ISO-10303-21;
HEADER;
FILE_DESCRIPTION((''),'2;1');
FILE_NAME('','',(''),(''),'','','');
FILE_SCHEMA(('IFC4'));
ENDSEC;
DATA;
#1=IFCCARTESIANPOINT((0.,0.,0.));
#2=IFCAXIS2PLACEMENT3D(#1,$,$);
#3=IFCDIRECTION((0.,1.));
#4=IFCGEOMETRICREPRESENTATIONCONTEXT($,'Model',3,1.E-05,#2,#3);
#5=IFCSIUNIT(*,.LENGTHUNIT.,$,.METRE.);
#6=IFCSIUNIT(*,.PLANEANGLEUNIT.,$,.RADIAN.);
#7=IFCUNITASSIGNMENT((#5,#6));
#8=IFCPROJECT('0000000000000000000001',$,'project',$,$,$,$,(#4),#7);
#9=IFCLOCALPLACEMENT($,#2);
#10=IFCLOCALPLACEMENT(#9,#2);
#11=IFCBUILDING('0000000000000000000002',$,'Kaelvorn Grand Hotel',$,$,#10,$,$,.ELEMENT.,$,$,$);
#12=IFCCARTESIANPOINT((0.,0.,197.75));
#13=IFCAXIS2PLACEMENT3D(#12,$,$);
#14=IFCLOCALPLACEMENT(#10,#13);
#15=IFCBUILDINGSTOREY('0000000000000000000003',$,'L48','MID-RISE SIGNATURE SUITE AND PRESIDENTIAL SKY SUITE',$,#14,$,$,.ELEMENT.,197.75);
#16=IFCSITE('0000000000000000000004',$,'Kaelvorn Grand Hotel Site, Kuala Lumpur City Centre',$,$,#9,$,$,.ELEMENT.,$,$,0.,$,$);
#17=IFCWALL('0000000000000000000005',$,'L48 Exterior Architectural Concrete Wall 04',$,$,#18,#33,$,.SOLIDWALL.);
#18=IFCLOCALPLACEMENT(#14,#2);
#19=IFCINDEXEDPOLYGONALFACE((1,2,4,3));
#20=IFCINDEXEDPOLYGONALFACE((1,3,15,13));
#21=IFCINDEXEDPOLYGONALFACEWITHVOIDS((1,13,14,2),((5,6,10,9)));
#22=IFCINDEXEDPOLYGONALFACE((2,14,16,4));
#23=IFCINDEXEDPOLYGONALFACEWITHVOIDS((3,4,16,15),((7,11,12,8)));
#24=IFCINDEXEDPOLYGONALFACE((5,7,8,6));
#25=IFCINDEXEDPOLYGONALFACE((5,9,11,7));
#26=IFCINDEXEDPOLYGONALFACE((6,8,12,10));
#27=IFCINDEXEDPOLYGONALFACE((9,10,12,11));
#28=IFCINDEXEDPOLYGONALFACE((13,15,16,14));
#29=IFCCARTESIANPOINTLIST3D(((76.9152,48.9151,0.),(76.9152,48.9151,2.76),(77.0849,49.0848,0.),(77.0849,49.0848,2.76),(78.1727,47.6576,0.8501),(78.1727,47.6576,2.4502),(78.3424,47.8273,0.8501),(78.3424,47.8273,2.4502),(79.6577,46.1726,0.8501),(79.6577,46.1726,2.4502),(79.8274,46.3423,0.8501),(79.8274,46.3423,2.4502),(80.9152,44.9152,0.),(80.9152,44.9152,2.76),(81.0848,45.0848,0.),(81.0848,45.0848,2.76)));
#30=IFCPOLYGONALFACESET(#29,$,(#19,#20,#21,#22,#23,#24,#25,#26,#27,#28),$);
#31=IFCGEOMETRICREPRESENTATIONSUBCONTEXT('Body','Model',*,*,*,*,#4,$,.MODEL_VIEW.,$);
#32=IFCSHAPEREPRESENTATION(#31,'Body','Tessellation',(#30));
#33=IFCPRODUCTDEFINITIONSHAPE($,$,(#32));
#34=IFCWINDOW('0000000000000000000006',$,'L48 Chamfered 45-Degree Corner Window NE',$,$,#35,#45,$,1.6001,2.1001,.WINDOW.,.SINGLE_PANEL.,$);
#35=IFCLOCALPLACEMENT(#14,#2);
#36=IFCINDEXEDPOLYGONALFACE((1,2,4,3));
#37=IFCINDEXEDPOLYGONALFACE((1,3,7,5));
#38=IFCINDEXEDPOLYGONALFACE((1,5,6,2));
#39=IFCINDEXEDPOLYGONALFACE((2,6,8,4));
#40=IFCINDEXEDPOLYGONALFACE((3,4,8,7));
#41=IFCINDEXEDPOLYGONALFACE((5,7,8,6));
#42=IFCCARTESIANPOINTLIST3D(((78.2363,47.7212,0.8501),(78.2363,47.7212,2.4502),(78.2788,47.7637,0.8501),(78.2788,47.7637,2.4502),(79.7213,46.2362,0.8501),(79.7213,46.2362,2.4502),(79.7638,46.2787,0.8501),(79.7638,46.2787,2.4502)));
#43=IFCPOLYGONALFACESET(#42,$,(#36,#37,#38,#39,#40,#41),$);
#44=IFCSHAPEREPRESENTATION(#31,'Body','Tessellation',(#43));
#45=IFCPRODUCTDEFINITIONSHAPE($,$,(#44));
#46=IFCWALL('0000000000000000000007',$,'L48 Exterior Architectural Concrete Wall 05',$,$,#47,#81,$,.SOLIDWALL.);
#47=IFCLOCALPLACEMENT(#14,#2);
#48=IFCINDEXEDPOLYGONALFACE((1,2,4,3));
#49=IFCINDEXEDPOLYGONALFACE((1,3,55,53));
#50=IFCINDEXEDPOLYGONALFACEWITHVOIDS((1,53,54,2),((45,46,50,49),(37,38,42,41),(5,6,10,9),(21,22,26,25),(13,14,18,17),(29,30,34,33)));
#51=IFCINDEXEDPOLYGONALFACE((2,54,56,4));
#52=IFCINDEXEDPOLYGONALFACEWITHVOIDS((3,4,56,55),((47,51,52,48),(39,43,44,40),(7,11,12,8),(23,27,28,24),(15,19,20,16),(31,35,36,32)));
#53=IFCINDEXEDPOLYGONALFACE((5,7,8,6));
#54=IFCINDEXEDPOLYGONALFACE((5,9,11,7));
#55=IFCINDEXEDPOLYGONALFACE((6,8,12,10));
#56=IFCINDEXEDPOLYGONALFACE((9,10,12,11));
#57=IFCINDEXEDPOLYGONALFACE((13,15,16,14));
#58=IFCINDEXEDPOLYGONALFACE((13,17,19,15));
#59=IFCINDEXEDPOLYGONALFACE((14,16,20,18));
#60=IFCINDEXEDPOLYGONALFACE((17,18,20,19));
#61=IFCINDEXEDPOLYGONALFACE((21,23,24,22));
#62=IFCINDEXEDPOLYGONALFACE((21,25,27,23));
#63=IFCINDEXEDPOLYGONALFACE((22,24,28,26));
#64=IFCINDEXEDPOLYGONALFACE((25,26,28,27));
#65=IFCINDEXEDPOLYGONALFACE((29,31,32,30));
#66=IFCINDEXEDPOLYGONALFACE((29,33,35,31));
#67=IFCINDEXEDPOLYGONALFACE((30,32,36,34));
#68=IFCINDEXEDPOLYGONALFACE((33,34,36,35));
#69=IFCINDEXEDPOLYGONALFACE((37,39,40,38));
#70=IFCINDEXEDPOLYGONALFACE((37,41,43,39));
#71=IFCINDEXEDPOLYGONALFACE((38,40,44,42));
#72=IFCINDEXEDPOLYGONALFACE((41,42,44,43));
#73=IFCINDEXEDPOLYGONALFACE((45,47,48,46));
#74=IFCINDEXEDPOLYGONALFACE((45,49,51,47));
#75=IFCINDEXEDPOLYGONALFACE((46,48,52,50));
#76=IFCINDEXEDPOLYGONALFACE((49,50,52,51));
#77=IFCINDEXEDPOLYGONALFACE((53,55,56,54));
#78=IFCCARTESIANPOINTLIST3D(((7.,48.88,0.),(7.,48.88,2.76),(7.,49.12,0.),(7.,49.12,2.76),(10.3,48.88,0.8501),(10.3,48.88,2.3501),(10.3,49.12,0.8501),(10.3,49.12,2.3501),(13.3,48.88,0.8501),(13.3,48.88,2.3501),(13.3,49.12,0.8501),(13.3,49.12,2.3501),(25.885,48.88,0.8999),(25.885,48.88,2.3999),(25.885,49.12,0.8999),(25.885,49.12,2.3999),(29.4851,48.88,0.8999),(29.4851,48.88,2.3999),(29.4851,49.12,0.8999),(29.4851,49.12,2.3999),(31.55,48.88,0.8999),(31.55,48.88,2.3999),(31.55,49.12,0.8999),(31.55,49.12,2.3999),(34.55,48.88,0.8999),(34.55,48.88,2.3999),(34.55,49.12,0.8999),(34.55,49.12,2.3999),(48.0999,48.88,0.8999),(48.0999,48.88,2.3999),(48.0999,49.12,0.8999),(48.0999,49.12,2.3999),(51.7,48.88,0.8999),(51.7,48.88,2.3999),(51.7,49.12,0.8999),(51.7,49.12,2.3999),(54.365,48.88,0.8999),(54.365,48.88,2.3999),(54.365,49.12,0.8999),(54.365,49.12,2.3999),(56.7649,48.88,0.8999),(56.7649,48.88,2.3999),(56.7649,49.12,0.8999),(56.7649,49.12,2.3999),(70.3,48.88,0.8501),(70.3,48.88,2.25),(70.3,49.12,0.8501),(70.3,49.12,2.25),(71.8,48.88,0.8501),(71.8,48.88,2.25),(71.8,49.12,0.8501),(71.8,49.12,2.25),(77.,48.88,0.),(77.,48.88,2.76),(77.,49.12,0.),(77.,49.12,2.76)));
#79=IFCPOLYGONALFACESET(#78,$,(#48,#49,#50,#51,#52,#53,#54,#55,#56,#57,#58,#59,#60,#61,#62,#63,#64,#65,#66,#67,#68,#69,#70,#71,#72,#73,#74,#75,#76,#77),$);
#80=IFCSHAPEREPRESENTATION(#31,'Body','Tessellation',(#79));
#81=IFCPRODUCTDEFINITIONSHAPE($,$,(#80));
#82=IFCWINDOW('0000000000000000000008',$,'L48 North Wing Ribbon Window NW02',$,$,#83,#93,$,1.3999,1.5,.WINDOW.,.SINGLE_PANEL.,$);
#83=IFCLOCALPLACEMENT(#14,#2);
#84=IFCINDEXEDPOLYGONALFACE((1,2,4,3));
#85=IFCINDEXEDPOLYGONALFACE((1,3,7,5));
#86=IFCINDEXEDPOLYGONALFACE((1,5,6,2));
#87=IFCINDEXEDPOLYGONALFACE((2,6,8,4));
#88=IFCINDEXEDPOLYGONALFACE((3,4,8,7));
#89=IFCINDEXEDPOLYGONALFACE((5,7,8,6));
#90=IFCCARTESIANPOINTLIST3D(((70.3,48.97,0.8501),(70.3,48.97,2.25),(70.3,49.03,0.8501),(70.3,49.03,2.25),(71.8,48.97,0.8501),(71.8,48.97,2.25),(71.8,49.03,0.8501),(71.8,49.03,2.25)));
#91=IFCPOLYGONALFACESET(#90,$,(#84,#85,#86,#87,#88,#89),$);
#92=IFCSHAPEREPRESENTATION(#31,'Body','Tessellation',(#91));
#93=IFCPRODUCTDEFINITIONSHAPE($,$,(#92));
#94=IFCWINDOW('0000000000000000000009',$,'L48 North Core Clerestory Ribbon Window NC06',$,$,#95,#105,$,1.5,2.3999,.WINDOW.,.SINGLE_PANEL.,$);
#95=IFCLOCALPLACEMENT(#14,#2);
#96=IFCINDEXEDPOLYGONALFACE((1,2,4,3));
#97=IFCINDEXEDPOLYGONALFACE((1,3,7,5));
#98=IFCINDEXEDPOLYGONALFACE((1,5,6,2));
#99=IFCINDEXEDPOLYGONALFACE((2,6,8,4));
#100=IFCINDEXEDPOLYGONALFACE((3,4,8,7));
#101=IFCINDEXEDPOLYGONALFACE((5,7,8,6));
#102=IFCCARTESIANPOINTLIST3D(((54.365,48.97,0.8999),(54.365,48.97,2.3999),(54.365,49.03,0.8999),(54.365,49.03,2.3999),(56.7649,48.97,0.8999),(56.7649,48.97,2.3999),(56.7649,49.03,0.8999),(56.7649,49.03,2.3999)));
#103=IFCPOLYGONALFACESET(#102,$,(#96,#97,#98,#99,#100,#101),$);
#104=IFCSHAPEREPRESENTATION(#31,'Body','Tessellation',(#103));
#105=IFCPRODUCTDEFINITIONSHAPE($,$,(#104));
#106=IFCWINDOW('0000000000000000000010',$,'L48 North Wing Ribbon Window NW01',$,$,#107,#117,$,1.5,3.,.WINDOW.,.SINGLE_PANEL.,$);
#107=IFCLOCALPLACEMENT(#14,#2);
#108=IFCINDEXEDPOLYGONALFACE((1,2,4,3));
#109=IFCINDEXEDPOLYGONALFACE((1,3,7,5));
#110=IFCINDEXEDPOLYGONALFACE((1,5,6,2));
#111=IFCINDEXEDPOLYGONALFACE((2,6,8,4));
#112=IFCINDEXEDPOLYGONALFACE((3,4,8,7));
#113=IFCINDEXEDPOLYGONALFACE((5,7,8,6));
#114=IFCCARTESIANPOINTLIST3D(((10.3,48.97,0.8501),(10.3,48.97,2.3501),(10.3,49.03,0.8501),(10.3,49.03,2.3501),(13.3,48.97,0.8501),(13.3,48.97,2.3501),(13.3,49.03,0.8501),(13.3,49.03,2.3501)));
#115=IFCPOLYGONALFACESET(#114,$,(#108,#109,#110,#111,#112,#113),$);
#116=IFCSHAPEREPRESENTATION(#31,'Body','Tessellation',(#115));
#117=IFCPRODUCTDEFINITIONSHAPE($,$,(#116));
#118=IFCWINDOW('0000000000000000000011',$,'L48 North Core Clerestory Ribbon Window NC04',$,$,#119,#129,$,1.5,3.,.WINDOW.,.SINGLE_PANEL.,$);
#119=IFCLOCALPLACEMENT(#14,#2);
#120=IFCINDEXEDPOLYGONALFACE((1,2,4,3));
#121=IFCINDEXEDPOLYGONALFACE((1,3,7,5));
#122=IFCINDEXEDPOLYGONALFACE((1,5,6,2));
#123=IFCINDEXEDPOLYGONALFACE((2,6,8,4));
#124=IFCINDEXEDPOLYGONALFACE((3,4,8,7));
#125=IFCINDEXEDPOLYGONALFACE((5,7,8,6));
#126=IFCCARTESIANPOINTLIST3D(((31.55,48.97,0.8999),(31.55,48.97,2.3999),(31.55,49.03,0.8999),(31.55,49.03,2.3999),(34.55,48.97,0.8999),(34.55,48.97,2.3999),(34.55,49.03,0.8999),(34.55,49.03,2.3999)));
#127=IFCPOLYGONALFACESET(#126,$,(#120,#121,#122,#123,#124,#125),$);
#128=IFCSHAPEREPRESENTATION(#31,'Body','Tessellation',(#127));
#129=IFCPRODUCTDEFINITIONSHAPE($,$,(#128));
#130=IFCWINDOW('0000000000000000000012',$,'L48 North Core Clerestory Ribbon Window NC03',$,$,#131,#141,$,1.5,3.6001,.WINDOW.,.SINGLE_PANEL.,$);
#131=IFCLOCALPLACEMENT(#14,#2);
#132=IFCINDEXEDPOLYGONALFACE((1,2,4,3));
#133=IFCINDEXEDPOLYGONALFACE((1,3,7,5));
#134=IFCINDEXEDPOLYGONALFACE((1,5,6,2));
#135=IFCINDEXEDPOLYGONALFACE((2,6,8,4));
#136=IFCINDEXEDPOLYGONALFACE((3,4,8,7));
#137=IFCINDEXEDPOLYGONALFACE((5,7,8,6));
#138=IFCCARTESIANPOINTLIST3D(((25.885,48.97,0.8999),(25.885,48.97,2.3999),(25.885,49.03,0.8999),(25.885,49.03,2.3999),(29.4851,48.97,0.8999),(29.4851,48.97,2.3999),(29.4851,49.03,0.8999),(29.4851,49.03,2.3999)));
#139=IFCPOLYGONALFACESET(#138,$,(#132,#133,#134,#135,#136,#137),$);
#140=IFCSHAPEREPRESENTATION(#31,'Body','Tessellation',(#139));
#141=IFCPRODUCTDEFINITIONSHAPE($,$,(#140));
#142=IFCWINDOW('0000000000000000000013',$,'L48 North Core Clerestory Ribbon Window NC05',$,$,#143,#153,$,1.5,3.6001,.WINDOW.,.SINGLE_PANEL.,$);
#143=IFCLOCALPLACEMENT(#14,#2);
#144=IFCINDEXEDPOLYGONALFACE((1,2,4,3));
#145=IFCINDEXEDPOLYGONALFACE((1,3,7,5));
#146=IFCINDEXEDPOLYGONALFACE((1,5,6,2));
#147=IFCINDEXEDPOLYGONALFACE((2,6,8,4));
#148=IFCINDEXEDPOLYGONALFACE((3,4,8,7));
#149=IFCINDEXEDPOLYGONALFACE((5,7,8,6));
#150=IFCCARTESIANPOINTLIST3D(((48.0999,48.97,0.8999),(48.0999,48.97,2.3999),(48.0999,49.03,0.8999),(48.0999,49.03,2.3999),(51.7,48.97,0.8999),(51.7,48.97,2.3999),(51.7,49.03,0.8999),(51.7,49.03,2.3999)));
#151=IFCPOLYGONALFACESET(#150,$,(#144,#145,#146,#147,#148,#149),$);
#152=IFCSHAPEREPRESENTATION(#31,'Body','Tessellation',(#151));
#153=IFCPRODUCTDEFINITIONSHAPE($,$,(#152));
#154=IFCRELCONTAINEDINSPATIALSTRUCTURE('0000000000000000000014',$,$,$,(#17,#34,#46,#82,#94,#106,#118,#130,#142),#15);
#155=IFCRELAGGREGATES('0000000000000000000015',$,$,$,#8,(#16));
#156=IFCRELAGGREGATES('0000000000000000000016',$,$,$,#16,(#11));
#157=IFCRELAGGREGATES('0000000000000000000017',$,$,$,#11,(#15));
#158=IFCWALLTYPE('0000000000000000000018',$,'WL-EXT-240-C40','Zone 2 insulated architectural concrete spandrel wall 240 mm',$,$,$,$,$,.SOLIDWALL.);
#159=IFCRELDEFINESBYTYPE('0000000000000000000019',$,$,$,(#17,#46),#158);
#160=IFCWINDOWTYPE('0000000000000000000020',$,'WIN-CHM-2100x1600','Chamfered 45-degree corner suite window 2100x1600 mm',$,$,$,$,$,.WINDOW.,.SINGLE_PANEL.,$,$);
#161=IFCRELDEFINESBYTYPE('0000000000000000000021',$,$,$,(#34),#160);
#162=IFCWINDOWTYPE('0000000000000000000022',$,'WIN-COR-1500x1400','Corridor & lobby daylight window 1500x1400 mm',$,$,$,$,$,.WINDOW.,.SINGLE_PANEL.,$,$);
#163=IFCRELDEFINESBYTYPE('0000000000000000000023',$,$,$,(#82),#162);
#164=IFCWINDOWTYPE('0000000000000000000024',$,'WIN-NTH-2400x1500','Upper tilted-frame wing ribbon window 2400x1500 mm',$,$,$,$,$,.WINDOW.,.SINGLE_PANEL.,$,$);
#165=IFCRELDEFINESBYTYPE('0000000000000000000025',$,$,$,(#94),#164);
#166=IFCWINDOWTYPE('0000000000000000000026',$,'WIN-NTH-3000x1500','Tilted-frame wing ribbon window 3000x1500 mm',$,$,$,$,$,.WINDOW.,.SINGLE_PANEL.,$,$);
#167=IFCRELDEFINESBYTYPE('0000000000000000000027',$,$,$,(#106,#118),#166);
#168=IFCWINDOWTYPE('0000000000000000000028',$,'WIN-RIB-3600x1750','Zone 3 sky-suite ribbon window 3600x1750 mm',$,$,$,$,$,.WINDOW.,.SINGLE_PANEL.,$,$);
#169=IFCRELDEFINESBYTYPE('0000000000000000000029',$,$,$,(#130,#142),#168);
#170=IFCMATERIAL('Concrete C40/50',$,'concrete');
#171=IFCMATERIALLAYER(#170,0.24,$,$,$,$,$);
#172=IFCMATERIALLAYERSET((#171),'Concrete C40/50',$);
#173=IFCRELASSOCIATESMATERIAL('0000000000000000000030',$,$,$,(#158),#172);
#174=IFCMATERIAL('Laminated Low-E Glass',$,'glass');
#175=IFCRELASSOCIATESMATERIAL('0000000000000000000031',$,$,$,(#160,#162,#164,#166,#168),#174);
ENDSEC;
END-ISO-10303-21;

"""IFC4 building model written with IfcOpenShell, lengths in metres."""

from ifc_helpers import new_model, si_unit, direction, frame, frame_2d, origin, place, context, subcontext, project, spatial, rectangle, extrude, material, layer, layer_set, type_object, element, fill, save


model = new_model("IFC4")

# Units and contexts
model_context = context("Model", 3, precision=1e-05, world=origin(), true_north=direction((0.0, 1.0)))
body_context = subcontext(model_context, "Body", "Model", "MODEL_VIEW")
ifc_project = project(units=[si_unit("LENGTHUNIT", "METRE"), si_unit("PLANEANGLEUNIT", "RADIAN")], contexts=[model_context])

# Site, building, storey
site_placement = place(None, origin())
site = spatial("IfcSite", under=ifc_project, at=site_placement, Name="Kaelvorn Grand Hotel Site, Kuala Lumpur City Centre", CompositionType="ELEMENT", RefElevation=0.0)
building_placement = place(site_placement, origin())
building = spatial("IfcBuilding", under=site, at=building_placement, Name="Kaelvorn Grand Hotel", CompositionType="ELEMENT")
storey_placement = place(building_placement, frame((0.0, 0.0, 197.75)))
storey = spatial("IfcBuildingStorey", under=building, at=storey_placement, Name="L48", Description="MID-RISE SIGNATURE SUITE AND PRESIDENTIAL SKY SUITE", CompositionType="ELEMENT", Elevation=197.75)

# Wall, opening, window
ifc_material_1 = material(Name="Concrete C40/50", Category="concrete")
ifc_layer_1 = layer(ifc_material_1, 0.24)
ifc_layer_set_1 = layer_set([ifc_layer_1], Name="Concrete C40/50")
wall_type_1 = type_object("IfcWallType", Name="WL-EXT-240-C40", Description="Zone 2 insulated architectural concrete spandrel wall 240 mm", PredefinedType="SOLIDWALL", material=ifc_layer_set_1)
wall_1_placement = place(storey_placement, frame((81.0, 45.0, 0.0), z_axis=(0.0, 0.0, 1.0), x_axis=(-0.707107, 0.707107, 0.0)))
wall_1 = element("IfcWall", 1, at=wall_1_placement, inside=storey, type_object=wall_type_1, Name="L48 Exterior Architectural Concrete Wall 04", PredefinedType="SOLIDWALL", context=body_context, shape_type="SweptSolid", body=[
    extrude(rectangle(XDim=5.6567, YDim=0.24, at=frame_2d((2.8284, 0.0))), origin(), (0.0, 0.0, 1.0), 2.76),
])
opening_1_placement = place(wall_1_placement, frame((1.7783, 0.0, 0.8501)))
opening_1 = element("IfcOpeningElement", 2, at=opening_1_placement, cuts=wall_1, PredefinedType="OPENING", context=body_context, shape_type="SweptSolid", body=[
    extrude(rectangle(XDim=2.1001, YDim=1.6001, at=frame_2d((1.05, 0.8))), frame((0.0, 0.1299, 0.0), z_axis=(0.0, -1.0, 0.0), x_axis=(1.0, 0.0, 0.0)), (0.0, 0.0, 1.0), 0.26),
])
ifc_material_2 = material(Name="Laminated Low-E Glass", Category="glass")
window_type_1 = type_object("IfcWindowType", Name="WIN-CHM-2100x1600", Description="Chamfered 45-degree corner suite window 2100x1600 mm", PartitioningType="SINGLE_PANEL", PredefinedType="WINDOW", material=ifc_material_2)
window_1_placement = place(opening_1_placement, origin())
window_1 = element("IfcWindow", 3, at=window_1_placement, inside=storey, type_object=window_type_1, Name="L48 Chamfered 45-Degree Corner Window NE", OverallHeight=1.6001, OverallWidth=2.1001, PartitioningType="SINGLE_PANEL", PredefinedType="WINDOW", context=body_context, shape_type="SweptSolid", body=[
    extrude(rectangle(XDim=2.1001, YDim=1.6001, at=frame_2d((1.05, 0.8))), frame((0.0, 0.03, 0.0), z_axis=(0.0, -1.0, 0.0), x_axis=(1.0, 0.0, 0.0)), (0.0, 0.0, 1.0), 0.0601),
])
fill(opening_1, window_1)

# Wall, openings, windows
wall_2_placement = place(storey_placement, frame((77.0, 49.0, 0.0), z_axis=(0.0, 0.0, 1.0), x_axis=(-1.0, 0.0, 0.0)))
wall_2 = element("IfcWall", 4, at=wall_2_placement, inside=storey, type_object=wall_type_1, Name="L48 Exterior Architectural Concrete Wall 05", PredefinedType="SOLIDWALL", context=body_context, shape_type="SweptSolid", body=[
    extrude(rectangle(XDim=70.0, YDim=0.24, at=frame_2d((35.0, 0.0))), origin(), (0.0, 0.0, 1.0), 2.76),
])
opening_2_placement = place(wall_2_placement, frame((63.7, 0.0, 0.8501)))
opening_2 = element("IfcOpeningElement", 5, at=opening_2_placement, cuts=wall_2, PredefinedType="OPENING", context=body_context, shape_type="SweptSolid", body=[
    extrude(rectangle(XDim=3.0, YDim=1.5, at=frame_2d((1.5, 0.75))), frame((0.0, 0.1299, 0.0), z_axis=(0.0, -1.0, 0.0), x_axis=(1.0, 0.0, 0.0)), (0.0, 0.0, 1.0), 0.26),
])
opening_3_placement = place(wall_2_placement, frame((5.2, 0.0, 0.8501)))
opening_3 = element("IfcOpeningElement", 6, at=opening_3_placement, cuts=wall_2, PredefinedType="OPENING", context=body_context, shape_type="SweptSolid", body=[
    extrude(rectangle(XDim=1.5, YDim=1.3999, at=frame_2d((0.75, 0.7))), frame((0.0, 0.1299, 0.0), z_axis=(0.0, -1.0, 0.0), x_axis=(1.0, 0.0, 0.0)), (0.0, 0.0, 1.0), 0.26),
])
opening_4_placement = place(wall_2_placement, frame((47.5149, 0.0, 0.8999)))
opening_4 = element("IfcOpeningElement", 7, at=opening_4_placement, cuts=wall_2, PredefinedType="OPENING", context=body_context, shape_type="SweptSolid", body=[
    extrude(rectangle(XDim=3.6001, YDim=1.5, at=frame_2d((1.8, 0.75))), frame((0.0, 0.1299, 0.0), z_axis=(0.0, -1.0, 0.0), x_axis=(1.0, 0.0, 0.0)), (0.0, 0.0, 1.0), 0.26),
])
opening_5_placement = place(wall_2_placement, frame((42.45, 0.0, 0.8999)))
opening_5 = element("IfcOpeningElement", 8, at=opening_5_placement, cuts=wall_2, PredefinedType="OPENING", context=body_context, shape_type="SweptSolid", body=[
    extrude(rectangle(XDim=3.0, YDim=1.5, at=frame_2d((1.5, 0.75))), frame((0.0, 0.1299, 0.0), z_axis=(0.0, -1.0, 0.0), x_axis=(1.0, 0.0, 0.0)), (0.0, 0.0, 1.0), 0.26),
])
opening_6_placement = place(wall_2_placement, frame((25.3, 0.0, 0.8999)))
opening_6 = element("IfcOpeningElement", 9, at=opening_6_placement, cuts=wall_2, PredefinedType="OPENING", context=body_context, shape_type="SweptSolid", body=[
    extrude(rectangle(XDim=3.6001, YDim=1.5, at=frame_2d((1.8, 0.75))), frame((0.0, 0.1299, 0.0), z_axis=(0.0, -1.0, 0.0), x_axis=(1.0, 0.0, 0.0)), (0.0, 0.0, 1.0), 0.26),
])
opening_7_placement = place(wall_2_placement, frame((20.2351, 0.0, 0.8999)))
opening_7 = element("IfcOpeningElement", 10, at=opening_7_placement, cuts=wall_2, PredefinedType="OPENING", context=body_context, shape_type="SweptSolid", body=[
    extrude(rectangle(XDim=2.3999, YDim=1.5, at=frame_2d((1.2, 0.75))), frame((0.0, 0.1299, 0.0), z_axis=(0.0, -1.0, 0.0), x_axis=(1.0, 0.0, 0.0)), (0.0, 0.0, 1.0), 0.26),
])
window_type_2 = type_object("IfcWindowType", Name="WIN-COR-1500x1400", Description="Corridor & lobby daylight window 1500x1400 mm", PartitioningType="SINGLE_PANEL", PredefinedType="WINDOW", material=ifc_material_2)
window_2_placement = place(opening_3_placement, origin())
window_2 = element("IfcWindow", 11, at=window_2_placement, inside=storey, type_object=window_type_2, Name="L48 North Wing Ribbon Window NW02", OverallHeight=1.3999, OverallWidth=1.5, PartitioningType="SINGLE_PANEL", PredefinedType="WINDOW", context=body_context, shape_type="SweptSolid", body=[
    extrude(rectangle(XDim=1.5, YDim=1.3999, at=frame_2d((0.75, 0.7))), frame((0.0, 0.03, 0.0), z_axis=(0.0, -1.0, 0.0), x_axis=(1.0, 0.0, 0.0)), (0.0, 0.0, 1.0), 0.0601),
])
fill(opening_3, window_2)
window_type_3 = type_object("IfcWindowType", Name="WIN-NTH-2400x1500", Description="Upper tilted-frame wing ribbon window 2400x1500 mm", PartitioningType="SINGLE_PANEL", PredefinedType="WINDOW", material=ifc_material_2)
window_3_placement = place(opening_7_placement, origin())
window_3 = element("IfcWindow", 12, at=window_3_placement, inside=storey, type_object=window_type_3, Name="L48 North Core Clerestory Ribbon Window NC06", OverallHeight=1.5, OverallWidth=2.3999, PartitioningType="SINGLE_PANEL", PredefinedType="WINDOW", context=body_context, shape_type="SweptSolid", body=[
    extrude(rectangle(XDim=2.3999, YDim=1.5, at=frame_2d((1.2, 0.75))), frame((0.0, 0.03, 0.0), z_axis=(0.0, -1.0, 0.0), x_axis=(1.0, 0.0, 0.0)), (0.0, 0.0, 1.0), 0.0601),
])
fill(opening_7, window_3)
window_type_4 = type_object("IfcWindowType", Name="WIN-NTH-3000x1500", Description="Tilted-frame wing ribbon window 3000x1500 mm", PartitioningType="SINGLE_PANEL", PredefinedType="WINDOW", material=ifc_material_2)
window_4_placement = place(opening_2_placement, origin())
window_4 = element("IfcWindow", 13, at=window_4_placement, inside=storey, type_object=window_type_4, Name="L48 North Wing Ribbon Window NW01", OverallHeight=1.5, OverallWidth=3.0, PartitioningType="SINGLE_PANEL", PredefinedType="WINDOW", context=body_context, shape_type="SweptSolid", body=[
    extrude(rectangle(XDim=3.0, YDim=1.5, at=frame_2d((1.5, 0.75))), frame((0.0, 0.03, 0.0), z_axis=(0.0, -1.0, 0.0), x_axis=(1.0, 0.0, 0.0)), (0.0, 0.0, 1.0), 0.0601),
])
fill(opening_2, window_4)
window_5_placement = place(opening_5_placement, origin())
window_5 = element("IfcWindow", 14, at=window_5_placement, inside=storey, type_object=window_type_4, Name="L48 North Core Clerestory Ribbon Window NC04", OverallHeight=1.5, OverallWidth=3.0, PartitioningType="SINGLE_PANEL", PredefinedType="WINDOW", context=body_context, shape_type="SweptSolid", body=[
    extrude(rectangle(XDim=3.0, YDim=1.5, at=frame_2d((1.5, 0.75))), frame((0.0, 0.03, 0.0), z_axis=(0.0, -1.0, 0.0), x_axis=(1.0, 0.0, 0.0)), (0.0, 0.0, 1.0), 0.0601),
])
fill(opening_5, window_5)
window_type_5 = type_object("IfcWindowType", Name="WIN-RIB-3600x1750", Description="Zone 3 sky-suite ribbon window 3600x1750 mm", PartitioningType="SINGLE_PANEL", PredefinedType="WINDOW", material=ifc_material_2)
window_6_placement = place(opening_4_placement, origin())
window_6 = element("IfcWindow", 15, at=window_6_placement, inside=storey, type_object=window_type_5, Name="L48 North Core Clerestory Ribbon Window NC03", OverallHeight=1.5, OverallWidth=3.6001, PartitioningType="SINGLE_PANEL", PredefinedType="WINDOW", context=body_context, shape_type="SweptSolid", body=[
    extrude(rectangle(XDim=3.6001, YDim=1.5, at=frame_2d((1.8, 0.75))), frame((0.0, 0.03, 0.0), z_axis=(0.0, -1.0, 0.0), x_axis=(1.0, 0.0, 0.0)), (0.0, 0.0, 1.0), 0.0601),
])
fill(opening_4, window_6)
window_7_placement = place(opening_6_placement, origin())
window_7 = element("IfcWindow", 16, at=window_7_placement, inside=storey, type_object=window_type_5, Name="L48 North Core Clerestory Ribbon Window NC05", OverallHeight=1.5, OverallWidth=3.6001, PartitioningType="SINGLE_PANEL", PredefinedType="WINDOW", context=body_context, shape_type="SweptSolid", body=[
    extrude(rectangle(XDim=3.6001, YDim=1.5, at=frame_2d((1.8, 0.75))), frame((0.0, 0.03, 0.0), z_axis=(0.0, -1.0, 0.0), x_axis=(1.0, 0.0, 0.0)), (0.0, 0.0, 1.0), 0.0601),
])
fill(opening_6, window_7)

save(model, "model.ifc")
